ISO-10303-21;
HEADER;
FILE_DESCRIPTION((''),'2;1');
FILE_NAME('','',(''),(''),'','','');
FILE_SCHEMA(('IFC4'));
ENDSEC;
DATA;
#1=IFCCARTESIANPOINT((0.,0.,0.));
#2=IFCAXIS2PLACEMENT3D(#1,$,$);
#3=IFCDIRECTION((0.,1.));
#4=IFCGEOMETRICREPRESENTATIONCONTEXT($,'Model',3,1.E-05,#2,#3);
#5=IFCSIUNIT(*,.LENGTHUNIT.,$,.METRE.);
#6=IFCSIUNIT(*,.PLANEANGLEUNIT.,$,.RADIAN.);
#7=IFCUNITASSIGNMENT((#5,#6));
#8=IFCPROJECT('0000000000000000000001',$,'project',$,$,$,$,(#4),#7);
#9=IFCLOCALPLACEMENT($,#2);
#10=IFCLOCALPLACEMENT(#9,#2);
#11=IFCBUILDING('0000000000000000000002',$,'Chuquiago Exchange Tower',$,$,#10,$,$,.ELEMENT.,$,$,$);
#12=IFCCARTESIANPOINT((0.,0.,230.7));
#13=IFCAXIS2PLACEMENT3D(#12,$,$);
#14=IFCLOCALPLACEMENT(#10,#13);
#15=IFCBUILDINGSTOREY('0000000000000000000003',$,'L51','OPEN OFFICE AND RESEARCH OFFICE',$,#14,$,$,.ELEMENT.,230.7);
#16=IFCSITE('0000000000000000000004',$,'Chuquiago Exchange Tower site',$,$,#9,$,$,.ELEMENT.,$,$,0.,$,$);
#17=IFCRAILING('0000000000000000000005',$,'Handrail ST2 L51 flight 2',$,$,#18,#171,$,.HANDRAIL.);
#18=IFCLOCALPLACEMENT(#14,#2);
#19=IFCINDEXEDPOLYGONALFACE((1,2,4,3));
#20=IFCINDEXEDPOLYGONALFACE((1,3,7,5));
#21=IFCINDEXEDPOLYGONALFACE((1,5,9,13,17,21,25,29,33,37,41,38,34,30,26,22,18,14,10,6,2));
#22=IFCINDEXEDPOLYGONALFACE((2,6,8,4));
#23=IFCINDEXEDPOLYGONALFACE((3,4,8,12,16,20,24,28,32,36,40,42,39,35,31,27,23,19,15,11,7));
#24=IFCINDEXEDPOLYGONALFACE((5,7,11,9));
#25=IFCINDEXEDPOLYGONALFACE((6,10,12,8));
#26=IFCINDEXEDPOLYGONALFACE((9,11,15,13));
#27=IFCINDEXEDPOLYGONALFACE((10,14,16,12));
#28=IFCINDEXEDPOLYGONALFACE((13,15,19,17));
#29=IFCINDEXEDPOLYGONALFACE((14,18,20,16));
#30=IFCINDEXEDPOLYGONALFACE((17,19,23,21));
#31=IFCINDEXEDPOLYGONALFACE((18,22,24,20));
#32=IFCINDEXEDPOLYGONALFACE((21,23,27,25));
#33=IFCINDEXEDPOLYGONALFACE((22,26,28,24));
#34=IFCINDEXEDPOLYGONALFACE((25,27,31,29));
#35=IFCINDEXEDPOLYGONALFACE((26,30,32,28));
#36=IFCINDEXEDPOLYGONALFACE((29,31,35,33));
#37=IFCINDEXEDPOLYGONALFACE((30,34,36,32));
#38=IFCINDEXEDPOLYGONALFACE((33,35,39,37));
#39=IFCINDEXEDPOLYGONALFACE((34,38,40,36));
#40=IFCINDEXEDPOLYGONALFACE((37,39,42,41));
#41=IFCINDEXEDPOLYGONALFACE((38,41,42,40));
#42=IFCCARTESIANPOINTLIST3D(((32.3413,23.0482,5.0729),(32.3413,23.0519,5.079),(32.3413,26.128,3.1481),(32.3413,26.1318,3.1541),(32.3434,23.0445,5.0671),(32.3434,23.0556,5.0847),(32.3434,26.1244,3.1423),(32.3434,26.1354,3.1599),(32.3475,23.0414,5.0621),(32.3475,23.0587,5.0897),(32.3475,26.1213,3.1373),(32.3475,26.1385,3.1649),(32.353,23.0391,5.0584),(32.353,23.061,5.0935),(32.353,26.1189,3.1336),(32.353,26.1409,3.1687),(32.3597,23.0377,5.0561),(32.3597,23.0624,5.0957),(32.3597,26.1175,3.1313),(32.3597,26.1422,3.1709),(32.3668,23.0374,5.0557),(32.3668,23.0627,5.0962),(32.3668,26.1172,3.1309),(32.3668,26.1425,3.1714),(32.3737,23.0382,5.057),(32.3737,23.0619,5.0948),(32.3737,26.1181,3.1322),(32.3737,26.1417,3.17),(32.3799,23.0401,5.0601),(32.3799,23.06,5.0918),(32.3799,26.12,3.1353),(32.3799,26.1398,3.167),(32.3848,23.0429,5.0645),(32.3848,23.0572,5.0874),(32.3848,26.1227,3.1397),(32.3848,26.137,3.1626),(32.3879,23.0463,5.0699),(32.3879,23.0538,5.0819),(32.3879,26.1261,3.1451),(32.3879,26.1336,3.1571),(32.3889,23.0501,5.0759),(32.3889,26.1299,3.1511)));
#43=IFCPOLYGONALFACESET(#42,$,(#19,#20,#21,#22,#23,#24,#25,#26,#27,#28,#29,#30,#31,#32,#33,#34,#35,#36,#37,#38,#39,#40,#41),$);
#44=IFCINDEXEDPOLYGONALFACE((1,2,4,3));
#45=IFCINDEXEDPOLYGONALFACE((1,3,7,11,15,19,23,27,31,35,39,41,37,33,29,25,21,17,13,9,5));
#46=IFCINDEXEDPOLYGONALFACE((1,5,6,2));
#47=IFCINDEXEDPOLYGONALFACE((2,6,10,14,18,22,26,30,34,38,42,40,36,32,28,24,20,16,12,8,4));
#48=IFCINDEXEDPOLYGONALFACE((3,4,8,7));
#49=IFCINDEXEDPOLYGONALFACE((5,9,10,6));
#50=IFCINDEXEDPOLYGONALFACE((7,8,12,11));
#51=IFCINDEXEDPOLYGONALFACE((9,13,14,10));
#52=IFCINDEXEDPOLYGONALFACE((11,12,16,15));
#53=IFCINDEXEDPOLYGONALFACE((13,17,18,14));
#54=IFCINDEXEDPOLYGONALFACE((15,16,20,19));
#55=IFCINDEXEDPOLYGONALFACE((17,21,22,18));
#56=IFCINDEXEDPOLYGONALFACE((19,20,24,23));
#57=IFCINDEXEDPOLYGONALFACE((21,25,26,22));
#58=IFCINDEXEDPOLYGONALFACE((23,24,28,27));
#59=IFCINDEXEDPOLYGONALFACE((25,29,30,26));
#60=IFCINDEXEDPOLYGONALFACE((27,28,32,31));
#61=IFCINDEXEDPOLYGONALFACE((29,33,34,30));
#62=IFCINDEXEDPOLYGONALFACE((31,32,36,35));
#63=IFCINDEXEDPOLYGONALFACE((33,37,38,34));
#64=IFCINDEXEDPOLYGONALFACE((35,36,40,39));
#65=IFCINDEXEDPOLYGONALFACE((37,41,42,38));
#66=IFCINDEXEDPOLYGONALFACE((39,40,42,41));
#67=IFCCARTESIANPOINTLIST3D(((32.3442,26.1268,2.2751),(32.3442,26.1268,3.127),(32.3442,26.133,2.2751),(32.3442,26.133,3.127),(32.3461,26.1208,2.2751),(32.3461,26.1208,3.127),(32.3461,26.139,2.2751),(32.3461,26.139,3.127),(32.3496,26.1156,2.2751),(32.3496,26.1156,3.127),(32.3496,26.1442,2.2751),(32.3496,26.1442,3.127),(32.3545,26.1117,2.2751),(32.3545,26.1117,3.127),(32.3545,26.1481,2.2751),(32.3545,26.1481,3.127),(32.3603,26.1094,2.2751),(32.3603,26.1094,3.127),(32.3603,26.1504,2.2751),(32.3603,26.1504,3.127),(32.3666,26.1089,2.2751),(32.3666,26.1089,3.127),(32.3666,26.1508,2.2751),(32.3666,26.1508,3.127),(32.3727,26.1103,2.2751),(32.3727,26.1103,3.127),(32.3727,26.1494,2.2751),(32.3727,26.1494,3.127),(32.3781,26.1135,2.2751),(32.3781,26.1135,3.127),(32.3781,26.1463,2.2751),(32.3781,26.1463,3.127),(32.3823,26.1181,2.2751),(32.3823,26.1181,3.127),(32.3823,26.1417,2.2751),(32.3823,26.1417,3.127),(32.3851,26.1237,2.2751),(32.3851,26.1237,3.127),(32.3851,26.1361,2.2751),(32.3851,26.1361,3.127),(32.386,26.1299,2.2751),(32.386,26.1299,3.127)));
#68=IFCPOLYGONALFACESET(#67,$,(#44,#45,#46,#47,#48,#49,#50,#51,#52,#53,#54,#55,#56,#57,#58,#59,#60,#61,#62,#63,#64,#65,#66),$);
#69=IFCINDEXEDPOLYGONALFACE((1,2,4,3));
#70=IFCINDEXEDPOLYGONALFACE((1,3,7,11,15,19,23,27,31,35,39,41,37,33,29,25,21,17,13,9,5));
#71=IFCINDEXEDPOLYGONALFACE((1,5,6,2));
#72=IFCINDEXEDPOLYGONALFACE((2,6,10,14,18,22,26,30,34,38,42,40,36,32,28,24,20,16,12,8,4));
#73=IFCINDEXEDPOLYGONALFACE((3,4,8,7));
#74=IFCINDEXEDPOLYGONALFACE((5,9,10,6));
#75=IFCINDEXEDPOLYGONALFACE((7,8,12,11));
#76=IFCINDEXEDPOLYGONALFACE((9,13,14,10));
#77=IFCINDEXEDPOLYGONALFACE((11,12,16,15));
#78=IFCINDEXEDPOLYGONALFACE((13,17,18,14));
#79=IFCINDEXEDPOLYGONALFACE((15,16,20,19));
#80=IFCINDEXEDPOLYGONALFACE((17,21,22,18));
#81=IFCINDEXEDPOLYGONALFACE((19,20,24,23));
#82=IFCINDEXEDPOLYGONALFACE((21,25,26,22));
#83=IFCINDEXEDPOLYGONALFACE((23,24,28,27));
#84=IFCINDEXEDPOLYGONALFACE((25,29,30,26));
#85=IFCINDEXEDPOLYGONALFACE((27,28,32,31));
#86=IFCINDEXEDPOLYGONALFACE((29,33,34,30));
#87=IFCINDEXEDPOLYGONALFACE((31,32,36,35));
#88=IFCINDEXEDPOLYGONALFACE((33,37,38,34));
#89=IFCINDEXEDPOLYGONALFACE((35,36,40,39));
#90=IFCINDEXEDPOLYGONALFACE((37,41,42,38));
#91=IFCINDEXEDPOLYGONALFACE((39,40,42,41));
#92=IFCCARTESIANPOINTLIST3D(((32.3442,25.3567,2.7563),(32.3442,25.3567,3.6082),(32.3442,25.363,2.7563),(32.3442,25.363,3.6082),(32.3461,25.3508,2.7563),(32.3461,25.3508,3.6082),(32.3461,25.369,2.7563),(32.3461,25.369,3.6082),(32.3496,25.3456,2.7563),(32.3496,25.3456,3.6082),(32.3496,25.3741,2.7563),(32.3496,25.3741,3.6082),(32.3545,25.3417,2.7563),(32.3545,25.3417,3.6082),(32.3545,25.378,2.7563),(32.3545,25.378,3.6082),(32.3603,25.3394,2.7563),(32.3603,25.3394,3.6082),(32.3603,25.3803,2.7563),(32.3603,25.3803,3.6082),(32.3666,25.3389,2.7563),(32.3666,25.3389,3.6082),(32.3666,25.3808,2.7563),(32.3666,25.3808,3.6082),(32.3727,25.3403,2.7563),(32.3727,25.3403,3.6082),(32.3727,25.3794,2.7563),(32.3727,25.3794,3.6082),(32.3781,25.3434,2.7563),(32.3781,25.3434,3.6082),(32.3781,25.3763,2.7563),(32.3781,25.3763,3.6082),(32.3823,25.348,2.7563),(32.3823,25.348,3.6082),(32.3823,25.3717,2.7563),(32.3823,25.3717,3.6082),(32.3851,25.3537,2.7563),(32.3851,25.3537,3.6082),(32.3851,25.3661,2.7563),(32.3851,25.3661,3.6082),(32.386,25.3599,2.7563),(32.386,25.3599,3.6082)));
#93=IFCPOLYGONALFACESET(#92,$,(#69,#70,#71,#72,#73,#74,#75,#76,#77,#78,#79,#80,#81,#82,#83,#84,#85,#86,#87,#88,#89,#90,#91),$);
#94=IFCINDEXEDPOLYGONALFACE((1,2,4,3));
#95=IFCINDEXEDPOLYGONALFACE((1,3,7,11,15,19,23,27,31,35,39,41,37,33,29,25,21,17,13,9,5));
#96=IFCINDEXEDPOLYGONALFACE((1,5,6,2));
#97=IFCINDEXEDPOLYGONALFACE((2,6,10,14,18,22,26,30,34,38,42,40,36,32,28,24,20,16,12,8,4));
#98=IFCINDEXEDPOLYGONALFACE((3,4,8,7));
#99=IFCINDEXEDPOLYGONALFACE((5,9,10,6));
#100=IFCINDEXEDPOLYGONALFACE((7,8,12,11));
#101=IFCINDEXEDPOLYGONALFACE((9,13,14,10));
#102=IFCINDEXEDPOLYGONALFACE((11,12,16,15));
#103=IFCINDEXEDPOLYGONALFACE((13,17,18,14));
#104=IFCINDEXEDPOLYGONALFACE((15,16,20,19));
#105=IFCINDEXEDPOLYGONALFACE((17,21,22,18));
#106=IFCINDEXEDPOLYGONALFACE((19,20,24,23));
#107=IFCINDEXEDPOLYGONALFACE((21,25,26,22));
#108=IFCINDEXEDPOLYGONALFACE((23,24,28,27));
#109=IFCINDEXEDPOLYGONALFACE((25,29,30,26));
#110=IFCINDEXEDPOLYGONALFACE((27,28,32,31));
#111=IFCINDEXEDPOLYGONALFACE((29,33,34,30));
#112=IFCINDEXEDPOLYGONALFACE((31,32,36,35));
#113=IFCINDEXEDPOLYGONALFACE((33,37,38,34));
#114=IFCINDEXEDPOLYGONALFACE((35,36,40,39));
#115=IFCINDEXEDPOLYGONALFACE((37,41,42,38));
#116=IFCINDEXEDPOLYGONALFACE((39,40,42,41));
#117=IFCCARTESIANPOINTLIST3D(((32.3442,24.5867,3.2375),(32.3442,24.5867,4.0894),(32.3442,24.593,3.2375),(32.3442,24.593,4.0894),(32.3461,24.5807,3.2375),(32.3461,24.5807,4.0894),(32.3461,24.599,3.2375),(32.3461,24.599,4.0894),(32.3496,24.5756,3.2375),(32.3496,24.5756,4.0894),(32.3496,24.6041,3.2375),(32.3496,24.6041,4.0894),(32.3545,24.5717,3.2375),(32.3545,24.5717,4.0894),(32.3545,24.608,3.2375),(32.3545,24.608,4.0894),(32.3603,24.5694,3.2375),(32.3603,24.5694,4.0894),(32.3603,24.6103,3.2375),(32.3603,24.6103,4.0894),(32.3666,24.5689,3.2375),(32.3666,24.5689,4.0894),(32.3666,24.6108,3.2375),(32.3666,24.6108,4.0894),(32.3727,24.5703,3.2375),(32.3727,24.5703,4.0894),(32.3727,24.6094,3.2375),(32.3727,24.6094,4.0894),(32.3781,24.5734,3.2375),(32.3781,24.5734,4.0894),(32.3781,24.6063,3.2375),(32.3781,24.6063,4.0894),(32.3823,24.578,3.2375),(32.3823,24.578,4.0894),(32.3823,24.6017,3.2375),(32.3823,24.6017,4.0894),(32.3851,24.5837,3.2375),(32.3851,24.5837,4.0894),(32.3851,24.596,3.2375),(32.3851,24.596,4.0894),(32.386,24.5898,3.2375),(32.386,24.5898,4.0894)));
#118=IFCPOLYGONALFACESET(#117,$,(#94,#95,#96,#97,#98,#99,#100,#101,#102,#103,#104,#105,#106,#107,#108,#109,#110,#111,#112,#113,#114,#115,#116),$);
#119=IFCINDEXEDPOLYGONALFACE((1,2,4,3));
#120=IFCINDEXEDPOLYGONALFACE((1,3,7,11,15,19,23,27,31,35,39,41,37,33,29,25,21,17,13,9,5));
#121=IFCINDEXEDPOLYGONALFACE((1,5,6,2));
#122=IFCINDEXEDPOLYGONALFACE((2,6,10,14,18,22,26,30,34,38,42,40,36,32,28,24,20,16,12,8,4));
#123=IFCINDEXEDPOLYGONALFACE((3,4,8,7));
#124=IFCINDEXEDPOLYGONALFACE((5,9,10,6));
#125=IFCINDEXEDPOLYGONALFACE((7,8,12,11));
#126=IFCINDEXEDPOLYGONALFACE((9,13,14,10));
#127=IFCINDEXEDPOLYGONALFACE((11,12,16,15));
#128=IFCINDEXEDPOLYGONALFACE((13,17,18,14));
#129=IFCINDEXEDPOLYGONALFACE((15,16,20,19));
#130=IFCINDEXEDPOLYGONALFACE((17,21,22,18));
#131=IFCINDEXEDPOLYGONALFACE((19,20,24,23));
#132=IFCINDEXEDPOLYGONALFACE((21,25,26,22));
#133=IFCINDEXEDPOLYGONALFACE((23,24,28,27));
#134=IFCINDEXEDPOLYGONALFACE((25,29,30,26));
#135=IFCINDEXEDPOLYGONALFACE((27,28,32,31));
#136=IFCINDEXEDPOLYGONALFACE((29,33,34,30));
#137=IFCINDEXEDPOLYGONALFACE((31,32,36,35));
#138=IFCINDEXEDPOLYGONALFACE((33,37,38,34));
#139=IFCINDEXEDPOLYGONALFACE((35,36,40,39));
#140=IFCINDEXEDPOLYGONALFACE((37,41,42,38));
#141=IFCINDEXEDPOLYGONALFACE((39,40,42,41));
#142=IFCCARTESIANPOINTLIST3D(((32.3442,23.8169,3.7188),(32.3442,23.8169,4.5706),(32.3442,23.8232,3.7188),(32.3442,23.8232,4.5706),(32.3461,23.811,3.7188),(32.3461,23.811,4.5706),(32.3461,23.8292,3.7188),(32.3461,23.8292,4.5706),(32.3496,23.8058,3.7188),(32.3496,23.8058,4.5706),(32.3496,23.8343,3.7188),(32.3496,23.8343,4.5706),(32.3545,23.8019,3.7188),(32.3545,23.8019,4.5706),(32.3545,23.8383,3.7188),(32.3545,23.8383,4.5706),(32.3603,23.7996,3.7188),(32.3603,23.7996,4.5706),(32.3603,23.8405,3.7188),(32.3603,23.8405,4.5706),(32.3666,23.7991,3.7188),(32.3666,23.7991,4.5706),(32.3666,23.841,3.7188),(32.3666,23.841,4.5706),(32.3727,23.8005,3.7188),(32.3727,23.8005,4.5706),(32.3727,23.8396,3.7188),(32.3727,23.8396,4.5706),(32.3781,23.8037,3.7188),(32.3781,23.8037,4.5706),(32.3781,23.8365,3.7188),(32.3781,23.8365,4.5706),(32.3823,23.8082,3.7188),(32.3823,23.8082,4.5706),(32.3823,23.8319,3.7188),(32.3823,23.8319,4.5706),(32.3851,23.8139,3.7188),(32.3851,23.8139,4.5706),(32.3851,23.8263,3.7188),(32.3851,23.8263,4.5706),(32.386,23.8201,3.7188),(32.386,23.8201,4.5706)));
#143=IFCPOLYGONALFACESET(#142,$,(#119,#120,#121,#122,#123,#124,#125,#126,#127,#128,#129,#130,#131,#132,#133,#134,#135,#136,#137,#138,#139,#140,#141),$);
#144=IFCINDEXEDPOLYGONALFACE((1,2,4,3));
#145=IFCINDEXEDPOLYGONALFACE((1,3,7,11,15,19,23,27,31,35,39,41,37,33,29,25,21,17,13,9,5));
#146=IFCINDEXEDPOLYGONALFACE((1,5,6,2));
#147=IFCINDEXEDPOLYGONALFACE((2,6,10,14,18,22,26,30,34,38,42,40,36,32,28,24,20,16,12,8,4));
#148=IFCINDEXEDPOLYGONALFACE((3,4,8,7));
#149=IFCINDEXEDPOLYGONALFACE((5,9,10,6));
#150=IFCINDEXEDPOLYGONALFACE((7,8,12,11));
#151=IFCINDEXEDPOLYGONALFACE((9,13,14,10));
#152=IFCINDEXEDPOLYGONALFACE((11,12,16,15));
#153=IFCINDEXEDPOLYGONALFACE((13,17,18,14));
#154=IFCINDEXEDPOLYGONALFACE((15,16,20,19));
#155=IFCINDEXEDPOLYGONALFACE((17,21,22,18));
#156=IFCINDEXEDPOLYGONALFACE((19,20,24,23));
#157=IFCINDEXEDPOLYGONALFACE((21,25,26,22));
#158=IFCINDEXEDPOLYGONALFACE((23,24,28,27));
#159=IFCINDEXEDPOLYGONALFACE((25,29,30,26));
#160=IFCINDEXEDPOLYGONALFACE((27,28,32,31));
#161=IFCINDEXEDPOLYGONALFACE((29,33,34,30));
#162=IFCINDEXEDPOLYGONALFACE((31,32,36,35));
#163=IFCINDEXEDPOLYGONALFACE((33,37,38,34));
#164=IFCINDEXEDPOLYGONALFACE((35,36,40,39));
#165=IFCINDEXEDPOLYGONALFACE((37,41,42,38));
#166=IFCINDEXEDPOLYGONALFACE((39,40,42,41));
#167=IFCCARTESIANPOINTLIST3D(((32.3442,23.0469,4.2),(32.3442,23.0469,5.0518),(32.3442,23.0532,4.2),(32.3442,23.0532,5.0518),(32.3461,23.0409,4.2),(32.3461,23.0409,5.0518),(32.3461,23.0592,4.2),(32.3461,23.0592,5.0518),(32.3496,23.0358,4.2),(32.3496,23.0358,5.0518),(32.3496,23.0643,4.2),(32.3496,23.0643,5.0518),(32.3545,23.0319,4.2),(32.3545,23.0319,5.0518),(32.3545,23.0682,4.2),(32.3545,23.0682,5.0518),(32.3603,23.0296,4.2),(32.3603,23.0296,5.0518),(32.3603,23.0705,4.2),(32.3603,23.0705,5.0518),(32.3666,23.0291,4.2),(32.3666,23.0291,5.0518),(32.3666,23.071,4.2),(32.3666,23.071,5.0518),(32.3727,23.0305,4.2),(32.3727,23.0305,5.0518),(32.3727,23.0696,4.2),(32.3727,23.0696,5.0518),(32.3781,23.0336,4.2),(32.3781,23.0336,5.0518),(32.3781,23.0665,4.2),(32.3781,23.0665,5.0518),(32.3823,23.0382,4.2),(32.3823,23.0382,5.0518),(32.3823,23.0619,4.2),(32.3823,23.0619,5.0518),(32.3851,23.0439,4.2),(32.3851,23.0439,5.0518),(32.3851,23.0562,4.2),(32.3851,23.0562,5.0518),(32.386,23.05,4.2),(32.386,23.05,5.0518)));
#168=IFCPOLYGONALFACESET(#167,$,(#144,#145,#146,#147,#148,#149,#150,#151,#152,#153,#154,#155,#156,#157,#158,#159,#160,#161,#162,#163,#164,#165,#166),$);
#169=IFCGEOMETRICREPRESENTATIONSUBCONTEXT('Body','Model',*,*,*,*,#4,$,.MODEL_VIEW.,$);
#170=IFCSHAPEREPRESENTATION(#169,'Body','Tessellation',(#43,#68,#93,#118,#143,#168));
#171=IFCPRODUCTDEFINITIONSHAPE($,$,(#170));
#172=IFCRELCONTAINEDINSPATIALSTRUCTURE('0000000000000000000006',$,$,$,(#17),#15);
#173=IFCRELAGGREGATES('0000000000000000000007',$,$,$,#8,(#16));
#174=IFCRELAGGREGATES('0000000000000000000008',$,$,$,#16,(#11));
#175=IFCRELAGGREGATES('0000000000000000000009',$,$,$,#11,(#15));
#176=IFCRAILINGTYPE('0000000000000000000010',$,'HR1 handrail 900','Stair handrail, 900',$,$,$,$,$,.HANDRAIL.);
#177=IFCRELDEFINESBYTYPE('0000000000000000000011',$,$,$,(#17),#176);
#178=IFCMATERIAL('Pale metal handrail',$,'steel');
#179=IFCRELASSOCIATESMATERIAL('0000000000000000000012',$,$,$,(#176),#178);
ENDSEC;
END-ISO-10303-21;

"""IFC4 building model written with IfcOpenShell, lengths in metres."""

from ifc_helpers import new_model, si_unit, direction, frame, origin, origin_2d, place, context, subcontext, project, spatial, circle, extrude, material, type_object, element, save


model = new_model("IFC4")

# Units and contexts
model_context = context("Model", 3, precision=1e-05, world=origin(), true_north=direction((0.0, 1.0)))
body_context = subcontext(model_context, "Body", "Model", "MODEL_VIEW")
ifc_project = project(units=[si_unit("LENGTHUNIT", "METRE"), si_unit("PLANEANGLEUNIT", "RADIAN")], contexts=[model_context])

# Site, building, storey
site_placement = place(None, origin())
site = spatial("IfcSite", under=ifc_project, at=site_placement, Name="Chuquiago Exchange Tower site", CompositionType="ELEMENT", RefElevation=0.0)
building_placement = place(site_placement, origin())
building = spatial("IfcBuilding", under=site, at=building_placement, Name="Chuquiago Exchange Tower", CompositionType="ELEMENT")
storey_placement = place(building_placement, frame((0.0, 0.0, 230.7)))
storey = spatial("IfcBuildingStorey", under=building, at=storey_placement, Name="L51", Description="OPEN OFFICE AND RESEARCH OFFICE", CompositionType="ELEMENT", Elevation=230.7)

# Railing
ifc_material_1 = material(Name="Pale metal handrail", Category="steel")
railing_type_1 = type_object("IfcRailingType", Name="HR1 handrail 900", Description="Stair handrail, 900", PredefinedType="HANDRAIL", material=ifc_material_1)
for number, where, name in (
    (1, (32.365, 26.1299, 2.2751), "Handrail ST2 L51 flight 2"),
):
    element("IfcRailing", number, at=place(storey_placement, frame(where)), inside=storey, type_object=railing_type_1, Name=name, PredefinedType="HANDRAIL", context=body_context, shape_type="SweptSolid", body=[
        extrude(circle(Radius=0.0239, at=origin_2d()), frame((0.0, 0.0, 0.876), z_axis=(0.0, -0.84801, 0.529981), x_axis=(1.0, 0.0, 0.0)), (0.0, 0.0, 1.0), 3.6318),
        extrude(circle(Radius=0.021, at=origin_2d()), origin(), (0.0, 0.0, 1.0), 0.8518),
        extrude(circle(Radius=0.021, at=origin_2d()), frame((0.0, -0.77, 0.4812)), (0.0, 0.0, 1.0), 0.8518),
        extrude(circle(Radius=0.021, at=origin_2d()), frame((0.0, -1.54, 0.9624)), (0.0, 0.0, 1.0), 0.8518),
        extrude(circle(Radius=0.021, at=origin_2d()), frame((0.0, -2.3098, 1.4436)), (0.0, 0.0, 1.0), 0.8518),
        extrude(circle(Radius=0.021, at=origin_2d()), frame((0.0, -3.0798, 1.9248)), (0.0, 0.0, 1.0), 0.8518),
    ])

save(model, "model.ifc")
